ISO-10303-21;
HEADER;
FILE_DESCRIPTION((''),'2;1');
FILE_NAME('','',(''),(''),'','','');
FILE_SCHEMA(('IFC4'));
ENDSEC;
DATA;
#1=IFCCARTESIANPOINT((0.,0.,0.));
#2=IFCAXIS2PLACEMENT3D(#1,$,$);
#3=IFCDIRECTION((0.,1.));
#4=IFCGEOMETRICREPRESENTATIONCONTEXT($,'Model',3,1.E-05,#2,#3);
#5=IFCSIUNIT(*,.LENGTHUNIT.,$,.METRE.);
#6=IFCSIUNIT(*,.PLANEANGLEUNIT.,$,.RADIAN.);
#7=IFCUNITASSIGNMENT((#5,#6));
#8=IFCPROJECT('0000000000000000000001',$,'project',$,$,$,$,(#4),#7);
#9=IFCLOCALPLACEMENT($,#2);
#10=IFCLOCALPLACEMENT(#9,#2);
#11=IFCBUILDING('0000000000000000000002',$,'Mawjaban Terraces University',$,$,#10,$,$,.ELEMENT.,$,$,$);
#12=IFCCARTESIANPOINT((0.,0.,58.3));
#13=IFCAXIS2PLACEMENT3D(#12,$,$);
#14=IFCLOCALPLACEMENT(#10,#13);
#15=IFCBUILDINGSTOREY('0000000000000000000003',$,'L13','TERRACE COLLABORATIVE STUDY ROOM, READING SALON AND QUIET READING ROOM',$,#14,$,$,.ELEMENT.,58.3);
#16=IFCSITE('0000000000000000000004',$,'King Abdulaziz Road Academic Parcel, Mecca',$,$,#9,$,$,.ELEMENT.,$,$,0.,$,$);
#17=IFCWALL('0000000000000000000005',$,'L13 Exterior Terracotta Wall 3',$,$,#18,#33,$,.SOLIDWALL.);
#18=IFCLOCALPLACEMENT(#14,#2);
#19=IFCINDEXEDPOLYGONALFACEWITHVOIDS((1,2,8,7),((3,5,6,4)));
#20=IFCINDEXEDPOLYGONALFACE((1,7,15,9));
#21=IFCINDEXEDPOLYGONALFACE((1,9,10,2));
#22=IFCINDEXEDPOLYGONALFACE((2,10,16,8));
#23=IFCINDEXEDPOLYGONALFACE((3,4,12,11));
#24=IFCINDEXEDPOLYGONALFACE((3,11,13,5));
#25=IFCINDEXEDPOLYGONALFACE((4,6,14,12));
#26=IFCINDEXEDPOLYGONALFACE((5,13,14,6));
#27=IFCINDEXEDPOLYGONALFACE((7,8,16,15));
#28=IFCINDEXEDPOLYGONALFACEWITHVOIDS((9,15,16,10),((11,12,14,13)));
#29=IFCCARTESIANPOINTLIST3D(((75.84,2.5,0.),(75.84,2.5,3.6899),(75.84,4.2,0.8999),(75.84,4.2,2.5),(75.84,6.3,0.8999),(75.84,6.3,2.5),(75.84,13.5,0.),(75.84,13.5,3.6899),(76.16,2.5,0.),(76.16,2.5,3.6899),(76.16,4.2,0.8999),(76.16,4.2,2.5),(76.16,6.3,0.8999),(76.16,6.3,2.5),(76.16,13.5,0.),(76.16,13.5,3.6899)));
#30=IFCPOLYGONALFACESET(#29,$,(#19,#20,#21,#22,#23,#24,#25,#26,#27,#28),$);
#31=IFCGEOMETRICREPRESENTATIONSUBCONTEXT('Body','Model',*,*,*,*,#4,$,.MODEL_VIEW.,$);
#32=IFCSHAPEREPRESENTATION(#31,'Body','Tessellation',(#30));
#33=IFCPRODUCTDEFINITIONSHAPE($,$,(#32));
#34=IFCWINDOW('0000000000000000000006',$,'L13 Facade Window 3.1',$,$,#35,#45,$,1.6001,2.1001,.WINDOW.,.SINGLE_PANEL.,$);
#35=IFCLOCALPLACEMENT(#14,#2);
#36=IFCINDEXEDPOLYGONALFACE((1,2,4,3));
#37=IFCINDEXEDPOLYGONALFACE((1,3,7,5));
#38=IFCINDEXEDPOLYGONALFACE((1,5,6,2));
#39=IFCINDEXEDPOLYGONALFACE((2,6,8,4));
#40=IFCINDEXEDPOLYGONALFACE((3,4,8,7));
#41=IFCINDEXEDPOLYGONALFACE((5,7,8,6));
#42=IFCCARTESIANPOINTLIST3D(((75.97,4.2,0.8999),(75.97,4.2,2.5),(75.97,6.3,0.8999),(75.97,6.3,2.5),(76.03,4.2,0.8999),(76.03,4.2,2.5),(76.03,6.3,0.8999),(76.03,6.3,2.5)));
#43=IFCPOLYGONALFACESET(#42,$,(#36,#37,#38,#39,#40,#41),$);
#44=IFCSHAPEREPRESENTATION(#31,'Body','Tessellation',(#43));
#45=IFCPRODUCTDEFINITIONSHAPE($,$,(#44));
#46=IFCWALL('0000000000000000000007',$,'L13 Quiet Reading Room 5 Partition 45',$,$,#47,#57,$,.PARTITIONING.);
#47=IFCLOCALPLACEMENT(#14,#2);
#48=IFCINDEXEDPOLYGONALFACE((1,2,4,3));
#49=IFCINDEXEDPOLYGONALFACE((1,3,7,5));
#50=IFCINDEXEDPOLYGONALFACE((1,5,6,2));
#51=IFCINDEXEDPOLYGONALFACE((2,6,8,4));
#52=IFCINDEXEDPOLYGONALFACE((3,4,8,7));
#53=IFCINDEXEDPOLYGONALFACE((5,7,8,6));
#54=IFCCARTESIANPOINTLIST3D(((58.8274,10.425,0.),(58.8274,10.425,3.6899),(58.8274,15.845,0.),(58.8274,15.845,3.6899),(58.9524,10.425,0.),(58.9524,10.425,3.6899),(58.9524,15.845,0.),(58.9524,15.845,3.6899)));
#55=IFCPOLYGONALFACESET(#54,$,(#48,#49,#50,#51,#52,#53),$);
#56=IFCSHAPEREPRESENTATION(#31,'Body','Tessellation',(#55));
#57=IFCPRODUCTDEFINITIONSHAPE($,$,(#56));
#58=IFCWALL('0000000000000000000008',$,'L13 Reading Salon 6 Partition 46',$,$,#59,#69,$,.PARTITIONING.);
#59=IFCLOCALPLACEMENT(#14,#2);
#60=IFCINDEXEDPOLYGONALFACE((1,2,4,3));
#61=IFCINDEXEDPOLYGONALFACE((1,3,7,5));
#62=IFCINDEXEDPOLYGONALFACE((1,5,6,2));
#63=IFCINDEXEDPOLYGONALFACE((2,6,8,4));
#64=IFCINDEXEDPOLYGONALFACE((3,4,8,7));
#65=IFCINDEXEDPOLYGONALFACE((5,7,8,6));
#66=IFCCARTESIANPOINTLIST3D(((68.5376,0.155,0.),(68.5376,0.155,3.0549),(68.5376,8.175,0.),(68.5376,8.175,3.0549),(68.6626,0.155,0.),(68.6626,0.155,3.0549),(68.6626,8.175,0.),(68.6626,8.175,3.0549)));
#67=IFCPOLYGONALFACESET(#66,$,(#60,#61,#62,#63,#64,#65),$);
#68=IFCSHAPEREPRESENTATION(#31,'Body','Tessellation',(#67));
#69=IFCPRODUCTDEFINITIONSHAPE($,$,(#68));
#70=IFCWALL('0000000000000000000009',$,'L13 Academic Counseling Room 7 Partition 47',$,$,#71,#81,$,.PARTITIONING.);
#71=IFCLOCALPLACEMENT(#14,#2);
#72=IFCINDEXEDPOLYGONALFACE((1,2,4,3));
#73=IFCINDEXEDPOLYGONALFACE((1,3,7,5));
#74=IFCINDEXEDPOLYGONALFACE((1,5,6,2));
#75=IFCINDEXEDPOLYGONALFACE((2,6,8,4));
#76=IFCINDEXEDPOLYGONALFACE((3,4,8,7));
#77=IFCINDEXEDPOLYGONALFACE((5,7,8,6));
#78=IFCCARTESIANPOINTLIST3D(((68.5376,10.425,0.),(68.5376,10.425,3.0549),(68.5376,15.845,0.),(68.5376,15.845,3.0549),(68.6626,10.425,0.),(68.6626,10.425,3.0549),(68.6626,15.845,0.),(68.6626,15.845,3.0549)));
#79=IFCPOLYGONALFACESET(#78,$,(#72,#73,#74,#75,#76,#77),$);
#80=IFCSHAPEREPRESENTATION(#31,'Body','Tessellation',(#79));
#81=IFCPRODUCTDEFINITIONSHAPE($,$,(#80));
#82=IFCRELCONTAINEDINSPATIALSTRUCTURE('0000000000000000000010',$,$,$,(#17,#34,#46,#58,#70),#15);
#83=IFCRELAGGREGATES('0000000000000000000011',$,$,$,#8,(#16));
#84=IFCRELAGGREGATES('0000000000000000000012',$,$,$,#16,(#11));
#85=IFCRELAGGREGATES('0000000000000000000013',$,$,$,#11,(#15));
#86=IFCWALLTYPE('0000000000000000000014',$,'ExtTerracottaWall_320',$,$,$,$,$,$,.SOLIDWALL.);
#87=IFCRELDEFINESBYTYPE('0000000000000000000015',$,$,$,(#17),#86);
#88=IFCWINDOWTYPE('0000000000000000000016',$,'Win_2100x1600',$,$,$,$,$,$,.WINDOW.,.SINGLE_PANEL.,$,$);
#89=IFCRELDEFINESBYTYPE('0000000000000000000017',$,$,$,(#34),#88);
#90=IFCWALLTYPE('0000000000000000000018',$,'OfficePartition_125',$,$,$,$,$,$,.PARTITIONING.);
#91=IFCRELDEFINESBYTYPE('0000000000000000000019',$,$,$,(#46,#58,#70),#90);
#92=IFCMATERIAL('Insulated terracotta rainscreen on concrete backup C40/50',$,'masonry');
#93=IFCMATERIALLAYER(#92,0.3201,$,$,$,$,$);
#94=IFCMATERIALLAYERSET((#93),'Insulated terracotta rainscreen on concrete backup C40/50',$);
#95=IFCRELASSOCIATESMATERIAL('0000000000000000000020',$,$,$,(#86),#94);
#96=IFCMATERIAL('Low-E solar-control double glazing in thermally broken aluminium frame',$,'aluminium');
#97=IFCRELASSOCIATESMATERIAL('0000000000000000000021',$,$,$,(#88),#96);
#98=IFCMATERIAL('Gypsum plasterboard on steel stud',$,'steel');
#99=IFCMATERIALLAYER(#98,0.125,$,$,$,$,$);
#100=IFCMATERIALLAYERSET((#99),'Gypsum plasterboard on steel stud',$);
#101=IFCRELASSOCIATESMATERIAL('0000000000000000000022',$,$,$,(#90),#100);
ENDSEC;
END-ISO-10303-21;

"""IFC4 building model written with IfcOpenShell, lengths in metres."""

from ifc_helpers import new_model, si_unit, direction, frame, frame_2d, origin, place, context, subcontext, project, spatial, rectangle, extrude, material, layer, layer_set, type_object, element, fill, save


model = new_model("IFC4")

# Units and contexts
model_context = context("Model", 3, precision=1e-05, world=origin(), true_north=direction((0.0, 1.0)))
body_context = subcontext(model_context, "Body", "Model", "MODEL_VIEW")
ifc_project = project(units=[si_unit("LENGTHUNIT", "METRE"), si_unit("PLANEANGLEUNIT", "RADIAN")], contexts=[model_context])

# Site, building, storey
site_placement = place(None, origin())
site = spatial("IfcSite", under=ifc_project, at=site_placement, Name="King Abdulaziz Road Academic Parcel, Mecca", CompositionType="ELEMENT", RefElevation=0.0)
building_placement = place(site_placement, origin())
building = spatial("IfcBuilding", under=site, at=building_placement, Name="Mawjaban Terraces University", CompositionType="ELEMENT")
storey_placement = place(building_placement, frame((0.0, 0.0, 58.3)))
storey = spatial("IfcBuildingStorey", under=building, at=storey_placement, Name="L13", Description="TERRACE COLLABORATIVE STUDY ROOM, READING SALON AND QUIET READING ROOM", CompositionType="ELEMENT", Elevation=58.3)

# Shared definitions
ifc_material_1 = material(Name="Insulated terracotta rainscreen on concrete backup C40/50", Category="masonry")
ifc_layer_1 = layer(ifc_material_1, 0.3201)
ifc_layer_set_1 = layer_set([ifc_layer_1], Name="Insulated terracotta rainscreen on concrete backup C40/50")
wall_type_1 = type_object("IfcWallType", Name="ExtTerracottaWall_320", PredefinedType="SOLIDWALL", material=ifc_layer_set_1)

# Wall, opening, window
wall_1_placement = place(storey_placement, frame((76.0, 2.5, 0.0), z_axis=(0.0, 0.0, 1.0), x_axis=(0.0, 1.0, 0.0)))
wall_1 = element("IfcWall", 1, at=wall_1_placement, inside=storey, type_object=wall_type_1, Name="L13 Exterior Terracotta Wall 3", PredefinedType="SOLIDWALL", context=body_context, shape_type="SweptSolid", body=[
    extrude(rectangle(XDim=11.0, YDim=0.3201, at=frame_2d((5.5, 0.0))), origin(), (0.0, 0.0, 1.0), 3.6899),
])
opening_1_placement = place(wall_1_placement, frame((1.7, 0.0, 0.8999)))
opening_1 = element("IfcOpeningElement", 2, at=opening_1_placement, cuts=wall_1, PredefinedType="OPENING", context=body_context, shape_type="SweptSolid", body=[
    extrude(rectangle(XDim=2.1001, YDim=1.6001, at=frame_2d((1.05, 0.8))), frame((0.0, 0.1699, 0.0), z_axis=(0.0, -1.0, 0.0), x_axis=(1.0, 0.0, 0.0)), (0.0, 0.0, 1.0), 0.3401),
])
ifc_material_2 = material(Name="Low-E solar-control double glazing in thermally broken aluminium frame", Category="aluminium")
window_type = type_object("IfcWindowType", Name="Win_2100x1600", PartitioningType="SINGLE_PANEL", PredefinedType="WINDOW", material=ifc_material_2)
window_placement = place(opening_1_placement, origin())
window = element("IfcWindow", 3, at=window_placement, inside=storey, type_object=window_type, Name="L13 Facade Window 3.1", OverallHeight=1.6001, OverallWidth=2.1001, PartitioningType="SINGLE_PANEL", PredefinedType="WINDOW", context=body_context, shape_type="SweptSolid", body=[
    extrude(rectangle(XDim=2.1001, YDim=1.6001, at=frame_2d((1.05, 0.8))), frame((0.0, 0.03, 0.0), z_axis=(0.0, -1.0, 0.0), x_axis=(1.0, 0.0, 0.0)), (0.0, 0.0, 1.0), 0.0601),
])
fill(opening_1, window)

# Walls
ifc_material_3 = material(Name="Gypsum plasterboard on steel stud", Category="steel")
ifc_layer_2 = layer(ifc_material_3, 0.125)
ifc_layer_set_2 = layer_set([ifc_layer_2], Name="Gypsum plasterboard on steel stud")
wall_type_2 = type_object("IfcWallType", Name="OfficePartition_125", PredefinedType="PARTITIONING", material=ifc_layer_set_2)
wall_2_placement = place(storey_placement, frame((58.8899, 10.425, 0.0), z_axis=(0.0, 0.0, 1.0), x_axis=(0.0, 1.0, 0.0)))
element("IfcWall", 4, at=wall_2_placement, inside=storey, type_object=wall_type_2, Name="L13 Quiet Reading Room 5 Partition 45", PredefinedType="PARTITIONING", context=body_context, shape_type="SweptSolid", body=[
    extrude(rectangle(XDim=5.4199, YDim=0.125, at=frame_2d((2.71, 0.0))), origin(), (0.0, 0.0, 1.0), 3.6899),
])
wall_3_placement = place(storey_placement, frame((68.6001, 0.155, 0.0), z_axis=(0.0, 0.0, 1.0), x_axis=(0.0, 1.0, 0.0)))
element("IfcWall", 5, at=wall_3_placement, inside=storey, type_object=wall_type_2, Name="L13 Reading Salon 6 Partition 46", PredefinedType="PARTITIONING", context=body_context, shape_type="SweptSolid", body=[
    extrude(rectangle(XDim=8.02, YDim=0.125, at=frame_2d((4.01, 0.0))), origin(), (0.0, 0.0, 1.0), 3.0549),
])
wall_4_placement = place(storey_placement, frame((68.6001, 10.425, 0.0), z_axis=(0.0, 0.0, 1.0), x_axis=(0.0, 1.0, 0.0)))
element("IfcWall", 6, at=wall_4_placement, inside=storey, type_object=wall_type_2, Name="L13 Academic Counseling Room 7 Partition 47", PredefinedType="PARTITIONING", context=body_context, shape_type="SweptSolid", body=[
    extrude(rectangle(XDim=5.4199, YDim=0.125, at=frame_2d((2.71, 0.0))), origin(), (0.0, 0.0, 1.0), 3.0549),
])

save(model, "model.ifc")
